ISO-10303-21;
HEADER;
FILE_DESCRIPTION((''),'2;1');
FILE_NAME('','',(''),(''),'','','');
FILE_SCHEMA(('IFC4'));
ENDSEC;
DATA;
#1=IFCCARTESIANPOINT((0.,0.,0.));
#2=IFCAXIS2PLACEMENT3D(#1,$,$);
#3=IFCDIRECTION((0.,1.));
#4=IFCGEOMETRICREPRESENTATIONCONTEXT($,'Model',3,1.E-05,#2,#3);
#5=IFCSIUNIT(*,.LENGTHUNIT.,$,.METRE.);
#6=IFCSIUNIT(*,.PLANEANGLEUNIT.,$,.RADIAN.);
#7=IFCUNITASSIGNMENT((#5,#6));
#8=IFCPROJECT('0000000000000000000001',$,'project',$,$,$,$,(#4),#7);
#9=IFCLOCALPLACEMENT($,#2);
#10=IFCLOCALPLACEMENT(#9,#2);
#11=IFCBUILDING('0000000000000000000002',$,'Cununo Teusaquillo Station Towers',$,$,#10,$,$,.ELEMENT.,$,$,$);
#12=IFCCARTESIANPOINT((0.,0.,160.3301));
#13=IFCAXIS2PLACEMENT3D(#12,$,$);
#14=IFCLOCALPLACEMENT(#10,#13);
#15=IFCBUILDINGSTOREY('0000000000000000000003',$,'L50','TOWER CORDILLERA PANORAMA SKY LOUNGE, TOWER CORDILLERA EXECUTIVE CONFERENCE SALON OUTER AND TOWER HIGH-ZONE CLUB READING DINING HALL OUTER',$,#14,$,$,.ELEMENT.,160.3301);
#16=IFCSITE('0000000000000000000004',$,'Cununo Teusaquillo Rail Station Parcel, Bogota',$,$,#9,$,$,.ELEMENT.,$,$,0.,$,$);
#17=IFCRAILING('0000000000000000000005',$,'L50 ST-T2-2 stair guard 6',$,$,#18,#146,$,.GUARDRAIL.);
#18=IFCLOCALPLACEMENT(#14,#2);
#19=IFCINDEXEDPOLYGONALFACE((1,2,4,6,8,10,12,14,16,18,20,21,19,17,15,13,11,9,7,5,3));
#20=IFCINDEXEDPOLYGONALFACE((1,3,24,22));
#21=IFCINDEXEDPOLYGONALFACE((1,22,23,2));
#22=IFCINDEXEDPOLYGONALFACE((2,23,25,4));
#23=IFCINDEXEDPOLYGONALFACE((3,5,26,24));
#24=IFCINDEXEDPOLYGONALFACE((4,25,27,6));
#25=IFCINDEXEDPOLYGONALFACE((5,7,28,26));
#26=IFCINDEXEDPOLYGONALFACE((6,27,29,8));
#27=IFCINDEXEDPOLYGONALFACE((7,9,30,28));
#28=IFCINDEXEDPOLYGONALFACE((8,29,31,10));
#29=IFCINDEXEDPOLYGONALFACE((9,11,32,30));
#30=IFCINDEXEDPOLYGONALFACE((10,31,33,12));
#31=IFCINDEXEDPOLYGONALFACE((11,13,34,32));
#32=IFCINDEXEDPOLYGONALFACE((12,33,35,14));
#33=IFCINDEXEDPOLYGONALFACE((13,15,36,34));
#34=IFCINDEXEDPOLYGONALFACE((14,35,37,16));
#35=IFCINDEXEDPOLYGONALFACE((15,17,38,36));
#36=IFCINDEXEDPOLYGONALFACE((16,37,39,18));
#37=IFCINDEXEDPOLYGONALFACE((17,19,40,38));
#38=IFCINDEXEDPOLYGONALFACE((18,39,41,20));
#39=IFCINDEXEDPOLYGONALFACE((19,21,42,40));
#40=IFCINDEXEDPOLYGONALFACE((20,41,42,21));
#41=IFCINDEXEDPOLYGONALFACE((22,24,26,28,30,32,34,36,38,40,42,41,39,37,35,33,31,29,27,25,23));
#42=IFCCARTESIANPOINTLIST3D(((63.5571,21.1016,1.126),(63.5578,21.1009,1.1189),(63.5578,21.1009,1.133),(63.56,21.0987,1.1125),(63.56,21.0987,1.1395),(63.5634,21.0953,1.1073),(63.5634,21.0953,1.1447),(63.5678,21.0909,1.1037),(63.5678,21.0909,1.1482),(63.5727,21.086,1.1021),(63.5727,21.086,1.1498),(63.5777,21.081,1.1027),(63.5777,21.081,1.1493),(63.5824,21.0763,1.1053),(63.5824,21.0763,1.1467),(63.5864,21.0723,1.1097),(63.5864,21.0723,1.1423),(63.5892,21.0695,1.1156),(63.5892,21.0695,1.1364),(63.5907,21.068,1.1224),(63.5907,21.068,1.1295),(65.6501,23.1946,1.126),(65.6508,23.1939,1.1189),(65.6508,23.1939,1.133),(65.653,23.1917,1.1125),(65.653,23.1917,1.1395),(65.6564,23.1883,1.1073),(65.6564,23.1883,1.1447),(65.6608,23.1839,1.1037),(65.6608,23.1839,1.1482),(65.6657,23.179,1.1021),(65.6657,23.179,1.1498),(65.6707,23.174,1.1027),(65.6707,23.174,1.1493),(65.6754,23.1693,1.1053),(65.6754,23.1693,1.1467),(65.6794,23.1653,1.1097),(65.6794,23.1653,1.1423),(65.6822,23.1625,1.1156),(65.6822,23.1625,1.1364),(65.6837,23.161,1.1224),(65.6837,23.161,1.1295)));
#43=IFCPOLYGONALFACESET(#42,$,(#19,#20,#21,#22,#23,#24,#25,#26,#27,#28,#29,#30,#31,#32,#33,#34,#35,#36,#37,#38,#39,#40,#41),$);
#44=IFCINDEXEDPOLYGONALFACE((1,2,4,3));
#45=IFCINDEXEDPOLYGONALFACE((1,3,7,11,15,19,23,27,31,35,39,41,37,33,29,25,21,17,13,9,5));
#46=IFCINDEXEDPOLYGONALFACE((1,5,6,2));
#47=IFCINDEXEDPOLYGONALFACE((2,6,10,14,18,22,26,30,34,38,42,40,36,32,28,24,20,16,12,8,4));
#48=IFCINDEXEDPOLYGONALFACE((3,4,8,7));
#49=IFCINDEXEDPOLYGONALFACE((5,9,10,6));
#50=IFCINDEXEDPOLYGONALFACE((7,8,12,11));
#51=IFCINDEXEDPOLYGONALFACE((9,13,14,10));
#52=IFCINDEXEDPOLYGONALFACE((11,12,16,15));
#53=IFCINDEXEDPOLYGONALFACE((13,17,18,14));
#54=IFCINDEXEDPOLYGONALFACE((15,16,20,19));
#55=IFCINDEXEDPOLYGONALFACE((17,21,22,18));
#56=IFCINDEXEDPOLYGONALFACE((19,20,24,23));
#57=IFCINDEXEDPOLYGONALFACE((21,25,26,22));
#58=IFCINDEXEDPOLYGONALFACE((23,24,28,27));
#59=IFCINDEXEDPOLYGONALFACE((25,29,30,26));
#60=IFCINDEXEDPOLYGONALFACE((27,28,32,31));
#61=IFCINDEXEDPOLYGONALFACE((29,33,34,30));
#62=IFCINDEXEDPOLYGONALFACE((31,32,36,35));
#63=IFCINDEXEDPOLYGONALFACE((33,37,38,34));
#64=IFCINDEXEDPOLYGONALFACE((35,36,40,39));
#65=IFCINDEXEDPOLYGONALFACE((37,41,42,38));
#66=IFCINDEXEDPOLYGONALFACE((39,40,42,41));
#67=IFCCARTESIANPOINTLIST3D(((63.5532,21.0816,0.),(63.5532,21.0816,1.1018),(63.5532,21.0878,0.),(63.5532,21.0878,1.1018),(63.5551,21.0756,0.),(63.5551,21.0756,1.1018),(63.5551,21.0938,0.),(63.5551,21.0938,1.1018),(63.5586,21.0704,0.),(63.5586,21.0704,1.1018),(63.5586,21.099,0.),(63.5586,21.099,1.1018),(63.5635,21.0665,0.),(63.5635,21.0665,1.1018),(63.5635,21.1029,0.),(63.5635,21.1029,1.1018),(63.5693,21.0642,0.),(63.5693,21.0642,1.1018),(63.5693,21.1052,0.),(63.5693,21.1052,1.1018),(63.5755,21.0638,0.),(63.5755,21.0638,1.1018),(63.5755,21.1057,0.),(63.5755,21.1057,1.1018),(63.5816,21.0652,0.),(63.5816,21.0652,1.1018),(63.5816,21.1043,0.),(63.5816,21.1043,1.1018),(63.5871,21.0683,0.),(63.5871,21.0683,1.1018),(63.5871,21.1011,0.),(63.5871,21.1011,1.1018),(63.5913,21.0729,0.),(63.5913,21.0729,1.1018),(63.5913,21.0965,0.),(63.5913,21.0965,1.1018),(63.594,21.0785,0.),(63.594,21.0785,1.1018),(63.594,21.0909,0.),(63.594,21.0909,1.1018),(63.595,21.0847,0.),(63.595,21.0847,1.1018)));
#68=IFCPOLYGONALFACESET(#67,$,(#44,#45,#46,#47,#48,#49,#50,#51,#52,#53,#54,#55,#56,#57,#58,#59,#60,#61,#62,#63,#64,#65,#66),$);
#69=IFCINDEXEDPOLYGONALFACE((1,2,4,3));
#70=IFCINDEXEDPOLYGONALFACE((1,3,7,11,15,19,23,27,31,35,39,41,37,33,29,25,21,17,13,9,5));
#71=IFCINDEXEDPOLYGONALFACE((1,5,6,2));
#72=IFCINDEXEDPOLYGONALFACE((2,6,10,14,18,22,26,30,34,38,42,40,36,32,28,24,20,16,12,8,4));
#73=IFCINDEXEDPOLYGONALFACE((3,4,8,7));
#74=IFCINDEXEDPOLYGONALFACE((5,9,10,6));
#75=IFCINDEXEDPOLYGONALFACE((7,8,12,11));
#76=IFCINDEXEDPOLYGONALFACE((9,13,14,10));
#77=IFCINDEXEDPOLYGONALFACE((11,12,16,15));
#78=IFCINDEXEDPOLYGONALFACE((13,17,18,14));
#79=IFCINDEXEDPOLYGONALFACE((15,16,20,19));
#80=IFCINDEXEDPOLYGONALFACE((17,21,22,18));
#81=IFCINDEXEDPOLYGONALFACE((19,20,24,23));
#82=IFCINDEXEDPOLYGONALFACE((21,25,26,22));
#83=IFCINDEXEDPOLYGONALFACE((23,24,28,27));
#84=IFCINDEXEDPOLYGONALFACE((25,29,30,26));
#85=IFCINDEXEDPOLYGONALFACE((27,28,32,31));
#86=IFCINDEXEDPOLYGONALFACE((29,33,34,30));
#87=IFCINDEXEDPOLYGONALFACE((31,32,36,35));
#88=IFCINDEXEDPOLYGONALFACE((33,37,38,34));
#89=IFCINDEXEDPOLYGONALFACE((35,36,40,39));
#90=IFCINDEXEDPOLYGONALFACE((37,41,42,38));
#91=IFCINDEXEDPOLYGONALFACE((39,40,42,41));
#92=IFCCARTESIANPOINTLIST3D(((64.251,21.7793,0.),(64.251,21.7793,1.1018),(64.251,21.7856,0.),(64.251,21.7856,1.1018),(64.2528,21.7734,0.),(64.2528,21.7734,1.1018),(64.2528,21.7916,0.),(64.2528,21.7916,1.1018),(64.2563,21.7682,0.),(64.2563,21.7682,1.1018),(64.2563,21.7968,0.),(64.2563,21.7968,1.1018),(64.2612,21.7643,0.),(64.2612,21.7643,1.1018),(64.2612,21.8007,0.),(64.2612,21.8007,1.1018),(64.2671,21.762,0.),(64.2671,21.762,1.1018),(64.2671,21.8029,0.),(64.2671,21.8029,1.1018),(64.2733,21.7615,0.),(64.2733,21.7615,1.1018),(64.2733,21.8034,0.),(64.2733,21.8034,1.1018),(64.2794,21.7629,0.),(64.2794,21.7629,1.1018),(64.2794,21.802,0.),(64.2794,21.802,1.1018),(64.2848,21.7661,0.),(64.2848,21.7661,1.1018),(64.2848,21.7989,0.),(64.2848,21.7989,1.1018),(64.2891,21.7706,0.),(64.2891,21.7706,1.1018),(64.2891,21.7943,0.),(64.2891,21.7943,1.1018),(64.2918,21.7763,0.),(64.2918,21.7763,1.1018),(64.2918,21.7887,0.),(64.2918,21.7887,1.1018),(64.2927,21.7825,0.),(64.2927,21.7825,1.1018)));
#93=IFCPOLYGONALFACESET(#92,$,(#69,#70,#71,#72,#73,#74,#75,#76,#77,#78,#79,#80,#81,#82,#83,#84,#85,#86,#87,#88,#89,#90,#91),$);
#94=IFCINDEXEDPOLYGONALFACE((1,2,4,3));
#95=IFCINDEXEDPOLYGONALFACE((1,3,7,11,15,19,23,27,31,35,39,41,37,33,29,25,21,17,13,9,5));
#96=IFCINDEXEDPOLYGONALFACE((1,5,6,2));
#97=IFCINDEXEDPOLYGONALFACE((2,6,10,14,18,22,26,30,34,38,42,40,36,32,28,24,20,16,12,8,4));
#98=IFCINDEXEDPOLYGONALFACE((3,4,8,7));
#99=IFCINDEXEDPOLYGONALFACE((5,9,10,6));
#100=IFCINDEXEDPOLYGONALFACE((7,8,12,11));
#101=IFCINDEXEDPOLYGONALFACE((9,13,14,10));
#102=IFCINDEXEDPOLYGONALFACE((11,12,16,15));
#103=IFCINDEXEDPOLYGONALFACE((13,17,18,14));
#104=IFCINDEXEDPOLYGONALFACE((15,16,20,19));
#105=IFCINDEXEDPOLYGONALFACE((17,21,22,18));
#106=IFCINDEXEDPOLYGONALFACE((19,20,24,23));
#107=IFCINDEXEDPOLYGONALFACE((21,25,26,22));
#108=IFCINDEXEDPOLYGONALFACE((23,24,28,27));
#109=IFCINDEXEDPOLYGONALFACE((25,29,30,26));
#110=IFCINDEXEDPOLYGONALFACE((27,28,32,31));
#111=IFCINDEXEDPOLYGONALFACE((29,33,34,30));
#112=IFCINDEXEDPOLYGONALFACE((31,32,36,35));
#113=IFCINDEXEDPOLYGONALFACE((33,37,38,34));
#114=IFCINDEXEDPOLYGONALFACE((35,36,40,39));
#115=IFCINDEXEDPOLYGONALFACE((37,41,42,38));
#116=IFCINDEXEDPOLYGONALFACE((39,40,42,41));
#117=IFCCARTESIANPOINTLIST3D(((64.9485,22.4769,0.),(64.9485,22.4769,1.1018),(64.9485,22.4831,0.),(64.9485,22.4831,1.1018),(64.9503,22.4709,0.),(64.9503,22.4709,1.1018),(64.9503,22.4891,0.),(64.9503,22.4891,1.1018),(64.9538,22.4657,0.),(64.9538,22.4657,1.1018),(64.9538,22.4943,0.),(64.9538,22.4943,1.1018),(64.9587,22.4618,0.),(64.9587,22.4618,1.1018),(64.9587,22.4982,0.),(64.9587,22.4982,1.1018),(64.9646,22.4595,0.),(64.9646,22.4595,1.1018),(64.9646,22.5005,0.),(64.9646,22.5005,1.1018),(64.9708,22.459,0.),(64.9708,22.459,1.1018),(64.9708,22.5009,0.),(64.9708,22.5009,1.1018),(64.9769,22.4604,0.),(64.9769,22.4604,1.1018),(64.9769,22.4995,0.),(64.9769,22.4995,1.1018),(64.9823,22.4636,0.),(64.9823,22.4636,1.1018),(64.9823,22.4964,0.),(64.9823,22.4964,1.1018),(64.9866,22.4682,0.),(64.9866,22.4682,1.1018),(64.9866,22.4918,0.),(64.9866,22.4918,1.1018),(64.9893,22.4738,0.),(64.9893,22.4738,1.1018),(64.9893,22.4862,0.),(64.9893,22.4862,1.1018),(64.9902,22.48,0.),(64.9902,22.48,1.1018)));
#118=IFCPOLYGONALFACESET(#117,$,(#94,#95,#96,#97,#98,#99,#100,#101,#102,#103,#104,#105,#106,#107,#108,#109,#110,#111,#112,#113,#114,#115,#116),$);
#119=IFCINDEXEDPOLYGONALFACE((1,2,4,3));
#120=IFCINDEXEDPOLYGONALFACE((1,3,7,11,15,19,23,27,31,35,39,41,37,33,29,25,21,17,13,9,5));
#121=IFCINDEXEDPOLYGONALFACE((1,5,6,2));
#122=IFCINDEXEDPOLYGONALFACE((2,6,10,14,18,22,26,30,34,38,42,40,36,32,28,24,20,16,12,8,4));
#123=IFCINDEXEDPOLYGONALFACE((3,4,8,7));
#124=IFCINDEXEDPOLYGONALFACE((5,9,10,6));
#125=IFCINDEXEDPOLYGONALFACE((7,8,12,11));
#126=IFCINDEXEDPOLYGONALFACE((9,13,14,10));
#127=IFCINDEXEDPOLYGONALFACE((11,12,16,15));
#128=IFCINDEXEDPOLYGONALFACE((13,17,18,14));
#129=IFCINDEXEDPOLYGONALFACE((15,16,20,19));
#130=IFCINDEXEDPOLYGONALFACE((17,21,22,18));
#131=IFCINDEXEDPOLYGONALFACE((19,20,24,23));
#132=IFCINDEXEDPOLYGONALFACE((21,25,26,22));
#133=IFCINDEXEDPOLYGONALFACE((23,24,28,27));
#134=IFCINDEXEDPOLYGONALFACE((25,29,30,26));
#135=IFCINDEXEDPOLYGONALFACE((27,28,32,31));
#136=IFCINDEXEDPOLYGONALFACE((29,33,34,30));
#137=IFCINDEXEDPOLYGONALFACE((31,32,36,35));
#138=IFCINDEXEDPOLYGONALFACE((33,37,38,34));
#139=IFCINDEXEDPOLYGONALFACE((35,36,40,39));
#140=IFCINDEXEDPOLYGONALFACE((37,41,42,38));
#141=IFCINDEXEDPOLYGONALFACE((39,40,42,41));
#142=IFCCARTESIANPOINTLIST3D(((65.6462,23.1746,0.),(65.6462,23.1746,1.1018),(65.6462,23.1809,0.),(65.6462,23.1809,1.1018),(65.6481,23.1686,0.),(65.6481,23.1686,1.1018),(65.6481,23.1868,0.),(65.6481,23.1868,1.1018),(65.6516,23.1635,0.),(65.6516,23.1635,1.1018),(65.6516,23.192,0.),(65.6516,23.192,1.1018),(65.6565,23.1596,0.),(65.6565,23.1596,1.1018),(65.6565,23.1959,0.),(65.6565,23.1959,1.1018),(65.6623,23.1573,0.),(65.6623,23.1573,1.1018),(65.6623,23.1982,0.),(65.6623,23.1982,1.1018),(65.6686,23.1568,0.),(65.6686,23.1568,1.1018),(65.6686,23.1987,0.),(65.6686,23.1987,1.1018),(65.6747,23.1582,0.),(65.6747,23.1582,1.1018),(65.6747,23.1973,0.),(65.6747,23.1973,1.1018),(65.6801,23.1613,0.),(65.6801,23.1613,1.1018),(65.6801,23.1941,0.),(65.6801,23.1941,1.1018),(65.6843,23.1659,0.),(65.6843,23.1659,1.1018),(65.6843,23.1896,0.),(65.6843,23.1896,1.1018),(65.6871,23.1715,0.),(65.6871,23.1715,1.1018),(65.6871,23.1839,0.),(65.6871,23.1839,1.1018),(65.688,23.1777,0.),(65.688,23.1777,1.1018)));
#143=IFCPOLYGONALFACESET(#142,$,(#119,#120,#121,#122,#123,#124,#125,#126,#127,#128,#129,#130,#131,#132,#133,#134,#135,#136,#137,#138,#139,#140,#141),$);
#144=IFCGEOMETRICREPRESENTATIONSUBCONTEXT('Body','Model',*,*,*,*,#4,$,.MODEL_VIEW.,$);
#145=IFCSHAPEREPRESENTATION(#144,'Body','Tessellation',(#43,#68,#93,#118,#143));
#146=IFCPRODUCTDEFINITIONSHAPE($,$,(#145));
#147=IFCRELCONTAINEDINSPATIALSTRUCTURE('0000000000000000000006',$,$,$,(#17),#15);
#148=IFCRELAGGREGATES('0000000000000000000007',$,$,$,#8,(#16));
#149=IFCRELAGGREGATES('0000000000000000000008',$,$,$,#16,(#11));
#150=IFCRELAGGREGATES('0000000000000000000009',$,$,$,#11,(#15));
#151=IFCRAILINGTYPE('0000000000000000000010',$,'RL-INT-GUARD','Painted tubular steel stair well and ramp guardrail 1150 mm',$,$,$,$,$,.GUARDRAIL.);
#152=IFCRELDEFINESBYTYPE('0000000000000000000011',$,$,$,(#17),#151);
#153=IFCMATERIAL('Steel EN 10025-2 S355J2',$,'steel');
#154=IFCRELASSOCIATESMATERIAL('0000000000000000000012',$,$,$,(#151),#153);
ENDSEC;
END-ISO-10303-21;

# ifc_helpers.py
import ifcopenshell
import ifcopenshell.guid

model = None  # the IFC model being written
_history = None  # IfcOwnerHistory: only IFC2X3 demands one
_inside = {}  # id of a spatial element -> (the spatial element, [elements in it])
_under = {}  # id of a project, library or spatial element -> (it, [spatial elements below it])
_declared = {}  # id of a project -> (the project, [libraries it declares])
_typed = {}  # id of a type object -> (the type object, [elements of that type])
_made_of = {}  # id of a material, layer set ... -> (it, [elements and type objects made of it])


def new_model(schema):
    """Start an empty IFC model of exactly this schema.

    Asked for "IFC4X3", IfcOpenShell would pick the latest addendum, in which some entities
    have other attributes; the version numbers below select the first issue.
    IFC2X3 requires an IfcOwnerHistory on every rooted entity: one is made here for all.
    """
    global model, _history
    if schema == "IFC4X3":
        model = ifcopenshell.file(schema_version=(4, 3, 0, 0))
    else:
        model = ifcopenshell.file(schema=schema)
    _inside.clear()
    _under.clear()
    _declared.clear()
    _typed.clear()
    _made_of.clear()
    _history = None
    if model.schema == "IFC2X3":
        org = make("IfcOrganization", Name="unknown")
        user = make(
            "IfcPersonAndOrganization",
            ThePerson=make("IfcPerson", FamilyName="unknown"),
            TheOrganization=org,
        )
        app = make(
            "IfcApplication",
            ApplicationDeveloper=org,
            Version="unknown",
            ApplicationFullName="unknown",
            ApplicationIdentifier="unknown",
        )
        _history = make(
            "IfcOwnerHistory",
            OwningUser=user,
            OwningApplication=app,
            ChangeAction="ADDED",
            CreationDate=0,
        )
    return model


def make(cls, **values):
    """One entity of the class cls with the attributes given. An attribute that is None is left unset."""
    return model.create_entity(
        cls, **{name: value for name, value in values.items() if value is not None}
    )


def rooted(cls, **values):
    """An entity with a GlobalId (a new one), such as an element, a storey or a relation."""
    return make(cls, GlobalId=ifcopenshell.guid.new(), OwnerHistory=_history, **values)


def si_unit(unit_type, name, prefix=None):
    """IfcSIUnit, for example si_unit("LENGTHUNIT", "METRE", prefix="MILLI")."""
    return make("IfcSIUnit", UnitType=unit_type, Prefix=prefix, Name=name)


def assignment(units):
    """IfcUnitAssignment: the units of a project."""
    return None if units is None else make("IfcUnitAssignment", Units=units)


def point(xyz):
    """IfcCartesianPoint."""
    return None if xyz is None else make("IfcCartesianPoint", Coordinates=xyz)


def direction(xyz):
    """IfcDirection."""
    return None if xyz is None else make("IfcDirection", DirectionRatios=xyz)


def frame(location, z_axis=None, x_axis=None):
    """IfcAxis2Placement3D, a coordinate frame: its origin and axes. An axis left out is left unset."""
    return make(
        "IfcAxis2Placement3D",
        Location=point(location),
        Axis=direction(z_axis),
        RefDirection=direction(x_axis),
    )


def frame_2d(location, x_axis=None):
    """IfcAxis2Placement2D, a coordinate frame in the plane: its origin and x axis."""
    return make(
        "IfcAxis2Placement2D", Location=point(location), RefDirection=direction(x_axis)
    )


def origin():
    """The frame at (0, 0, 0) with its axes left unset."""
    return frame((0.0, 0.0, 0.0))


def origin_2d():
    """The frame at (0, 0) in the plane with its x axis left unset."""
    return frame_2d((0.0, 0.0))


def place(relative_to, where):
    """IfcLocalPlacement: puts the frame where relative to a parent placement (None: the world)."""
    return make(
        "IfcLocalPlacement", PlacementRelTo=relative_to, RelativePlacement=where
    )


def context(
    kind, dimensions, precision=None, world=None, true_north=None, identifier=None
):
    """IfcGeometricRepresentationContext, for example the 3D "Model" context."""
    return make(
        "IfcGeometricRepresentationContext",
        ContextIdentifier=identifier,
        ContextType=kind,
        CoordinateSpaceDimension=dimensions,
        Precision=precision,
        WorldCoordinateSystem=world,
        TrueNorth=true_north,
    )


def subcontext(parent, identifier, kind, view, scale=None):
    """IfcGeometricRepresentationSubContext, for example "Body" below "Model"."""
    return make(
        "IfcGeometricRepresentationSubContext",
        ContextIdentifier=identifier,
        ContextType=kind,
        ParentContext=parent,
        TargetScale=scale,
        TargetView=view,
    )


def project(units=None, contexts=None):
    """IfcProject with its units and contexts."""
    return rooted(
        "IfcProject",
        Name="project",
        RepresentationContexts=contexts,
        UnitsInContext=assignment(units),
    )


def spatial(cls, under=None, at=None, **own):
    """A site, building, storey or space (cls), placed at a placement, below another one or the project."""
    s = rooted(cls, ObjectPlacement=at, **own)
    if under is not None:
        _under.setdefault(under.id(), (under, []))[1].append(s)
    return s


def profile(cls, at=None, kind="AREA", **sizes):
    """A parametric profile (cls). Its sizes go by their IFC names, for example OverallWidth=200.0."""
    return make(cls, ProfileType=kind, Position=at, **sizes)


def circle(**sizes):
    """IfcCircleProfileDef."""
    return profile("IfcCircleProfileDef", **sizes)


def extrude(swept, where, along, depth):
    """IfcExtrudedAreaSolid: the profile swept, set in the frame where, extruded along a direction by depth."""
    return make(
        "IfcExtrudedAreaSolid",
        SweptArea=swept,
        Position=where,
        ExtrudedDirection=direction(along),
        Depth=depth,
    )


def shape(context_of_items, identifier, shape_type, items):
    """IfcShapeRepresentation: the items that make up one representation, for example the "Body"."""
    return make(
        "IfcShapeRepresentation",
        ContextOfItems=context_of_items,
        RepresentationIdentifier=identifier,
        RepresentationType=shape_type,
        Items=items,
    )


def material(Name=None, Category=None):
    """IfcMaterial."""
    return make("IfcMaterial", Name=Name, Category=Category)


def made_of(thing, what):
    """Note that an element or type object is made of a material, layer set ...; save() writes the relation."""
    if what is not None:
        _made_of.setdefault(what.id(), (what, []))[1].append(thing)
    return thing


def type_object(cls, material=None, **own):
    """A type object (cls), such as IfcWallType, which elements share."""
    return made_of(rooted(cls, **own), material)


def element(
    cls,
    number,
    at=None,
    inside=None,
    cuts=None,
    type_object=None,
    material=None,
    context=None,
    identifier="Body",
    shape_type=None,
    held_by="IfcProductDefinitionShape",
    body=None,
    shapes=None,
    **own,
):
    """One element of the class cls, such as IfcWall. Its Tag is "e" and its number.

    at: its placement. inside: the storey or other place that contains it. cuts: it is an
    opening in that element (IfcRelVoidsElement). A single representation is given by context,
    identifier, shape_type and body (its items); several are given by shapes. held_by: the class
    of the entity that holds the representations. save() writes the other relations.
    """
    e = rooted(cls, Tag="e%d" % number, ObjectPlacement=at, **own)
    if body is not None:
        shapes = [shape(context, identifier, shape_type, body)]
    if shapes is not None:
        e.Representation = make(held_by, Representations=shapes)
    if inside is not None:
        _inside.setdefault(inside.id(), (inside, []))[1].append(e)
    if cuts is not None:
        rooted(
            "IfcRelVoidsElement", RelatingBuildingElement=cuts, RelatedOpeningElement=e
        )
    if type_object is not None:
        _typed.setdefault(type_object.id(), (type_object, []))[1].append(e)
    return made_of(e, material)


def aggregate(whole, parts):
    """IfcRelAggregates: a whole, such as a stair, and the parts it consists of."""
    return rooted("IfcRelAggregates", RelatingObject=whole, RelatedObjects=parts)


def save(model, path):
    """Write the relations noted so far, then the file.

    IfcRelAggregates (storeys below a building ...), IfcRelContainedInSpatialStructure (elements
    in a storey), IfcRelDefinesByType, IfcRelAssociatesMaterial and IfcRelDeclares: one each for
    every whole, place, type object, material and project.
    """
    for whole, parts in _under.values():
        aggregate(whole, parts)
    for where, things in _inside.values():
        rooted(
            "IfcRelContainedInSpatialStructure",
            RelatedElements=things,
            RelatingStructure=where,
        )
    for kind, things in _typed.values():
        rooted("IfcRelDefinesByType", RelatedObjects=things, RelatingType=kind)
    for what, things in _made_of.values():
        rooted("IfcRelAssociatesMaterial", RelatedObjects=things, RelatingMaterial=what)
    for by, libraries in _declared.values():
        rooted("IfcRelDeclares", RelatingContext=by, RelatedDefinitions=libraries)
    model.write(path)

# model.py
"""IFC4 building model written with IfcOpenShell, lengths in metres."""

from ifc_helpers import new_model, si_unit, direction, frame, origin, origin_2d, place, context, subcontext, project, spatial, circle, extrude, material, type_object, element, save


model = new_model("IFC4")

# Units and contexts
model_context = context("Model", 3, precision=1e-05, world=origin(), true_north=direction((0.0, 1.0)))
body_context = subcontext(model_context, "Body", "Model", "MODEL_VIEW")
ifc_project = project(units=[si_unit("LENGTHUNIT", "METRE"), si_unit("PLANEANGLEUNIT", "RADIAN")], contexts=[model_context])

# Site, building, storey
site_placement = place(None, origin())
site = spatial("IfcSite", under=ifc_project, at=site_placement, Name="Cununo Teusaquillo Rail Station Parcel, Bogota", CompositionType="ELEMENT", RefElevation=0.0)
building_placement = place(site_placement, origin())
building = spatial("IfcBuilding", under=site, at=building_placement, Name="Cununo Teusaquillo Station Towers", CompositionType="ELEMENT")
storey_placement = place(building_placement, frame((0.0, 0.0, 160.3301)))
storey = spatial("IfcBuildingStorey", under=building, at=storey_placement, Name="L50", Description="TOWER CORDILLERA PANORAMA SKY LOUNGE, TOWER CORDILLERA EXECUTIVE CONFERENCE SALON OUTER AND TOWER HIGH-ZONE CLUB READING DINING HALL OUTER", CompositionType="ELEMENT", Elevation=160.3301)

# Railing
ifc_material_1 = material(Name="Steel EN 10025-2 S355J2", Category="steel")
railing_type = type_object("IfcRailingType", Name="RL-INT-GUARD", Description="Painted tubular steel stair well and ramp guardrail 1150 mm", PredefinedType="GUARDRAIL", material=ifc_material_1)
railing_1_placement = place(storey_placement, frame((63.574, 21.0847, 0.0)))
element("IfcRailing", 1, at=railing_1_placement, inside=storey, type_object=railing_type, Name="L50 ST-T2-2 stair guard 6", PredefinedType="GUARDRAIL", context=body_context, shape_type="SweptSolid", body=[
    extrude(circle(Radius=0.0239, at=origin_2d()), frame((0.0, 0.0, 1.126), z_axis=(0.707107, 0.707107, 0.0), x_axis=(-0.707107, 0.707107, 0.0)), (0.0, 0.0, 1.0), 2.96),
    extrude(circle(Radius=0.021, at=origin_2d()), origin(), (0.0, 0.0, 1.0), 1.1018),
    extrude(circle(Radius=0.021, at=origin_2d()), frame((0.6978, 0.6978, 0.0)), (0.0, 0.0, 1.0), 1.1018),
    extrude(circle(Radius=0.021, at=origin_2d()), frame((1.3953, 1.3953, 0.0)), (0.0, 0.0, 1.0), 1.1018),
    extrude(circle(Radius=0.021, at=origin_2d()), frame((2.093, 2.093, 0.0)), (0.0, 0.0, 1.0), 1.1018),
])

save(model, "model.ifc")
